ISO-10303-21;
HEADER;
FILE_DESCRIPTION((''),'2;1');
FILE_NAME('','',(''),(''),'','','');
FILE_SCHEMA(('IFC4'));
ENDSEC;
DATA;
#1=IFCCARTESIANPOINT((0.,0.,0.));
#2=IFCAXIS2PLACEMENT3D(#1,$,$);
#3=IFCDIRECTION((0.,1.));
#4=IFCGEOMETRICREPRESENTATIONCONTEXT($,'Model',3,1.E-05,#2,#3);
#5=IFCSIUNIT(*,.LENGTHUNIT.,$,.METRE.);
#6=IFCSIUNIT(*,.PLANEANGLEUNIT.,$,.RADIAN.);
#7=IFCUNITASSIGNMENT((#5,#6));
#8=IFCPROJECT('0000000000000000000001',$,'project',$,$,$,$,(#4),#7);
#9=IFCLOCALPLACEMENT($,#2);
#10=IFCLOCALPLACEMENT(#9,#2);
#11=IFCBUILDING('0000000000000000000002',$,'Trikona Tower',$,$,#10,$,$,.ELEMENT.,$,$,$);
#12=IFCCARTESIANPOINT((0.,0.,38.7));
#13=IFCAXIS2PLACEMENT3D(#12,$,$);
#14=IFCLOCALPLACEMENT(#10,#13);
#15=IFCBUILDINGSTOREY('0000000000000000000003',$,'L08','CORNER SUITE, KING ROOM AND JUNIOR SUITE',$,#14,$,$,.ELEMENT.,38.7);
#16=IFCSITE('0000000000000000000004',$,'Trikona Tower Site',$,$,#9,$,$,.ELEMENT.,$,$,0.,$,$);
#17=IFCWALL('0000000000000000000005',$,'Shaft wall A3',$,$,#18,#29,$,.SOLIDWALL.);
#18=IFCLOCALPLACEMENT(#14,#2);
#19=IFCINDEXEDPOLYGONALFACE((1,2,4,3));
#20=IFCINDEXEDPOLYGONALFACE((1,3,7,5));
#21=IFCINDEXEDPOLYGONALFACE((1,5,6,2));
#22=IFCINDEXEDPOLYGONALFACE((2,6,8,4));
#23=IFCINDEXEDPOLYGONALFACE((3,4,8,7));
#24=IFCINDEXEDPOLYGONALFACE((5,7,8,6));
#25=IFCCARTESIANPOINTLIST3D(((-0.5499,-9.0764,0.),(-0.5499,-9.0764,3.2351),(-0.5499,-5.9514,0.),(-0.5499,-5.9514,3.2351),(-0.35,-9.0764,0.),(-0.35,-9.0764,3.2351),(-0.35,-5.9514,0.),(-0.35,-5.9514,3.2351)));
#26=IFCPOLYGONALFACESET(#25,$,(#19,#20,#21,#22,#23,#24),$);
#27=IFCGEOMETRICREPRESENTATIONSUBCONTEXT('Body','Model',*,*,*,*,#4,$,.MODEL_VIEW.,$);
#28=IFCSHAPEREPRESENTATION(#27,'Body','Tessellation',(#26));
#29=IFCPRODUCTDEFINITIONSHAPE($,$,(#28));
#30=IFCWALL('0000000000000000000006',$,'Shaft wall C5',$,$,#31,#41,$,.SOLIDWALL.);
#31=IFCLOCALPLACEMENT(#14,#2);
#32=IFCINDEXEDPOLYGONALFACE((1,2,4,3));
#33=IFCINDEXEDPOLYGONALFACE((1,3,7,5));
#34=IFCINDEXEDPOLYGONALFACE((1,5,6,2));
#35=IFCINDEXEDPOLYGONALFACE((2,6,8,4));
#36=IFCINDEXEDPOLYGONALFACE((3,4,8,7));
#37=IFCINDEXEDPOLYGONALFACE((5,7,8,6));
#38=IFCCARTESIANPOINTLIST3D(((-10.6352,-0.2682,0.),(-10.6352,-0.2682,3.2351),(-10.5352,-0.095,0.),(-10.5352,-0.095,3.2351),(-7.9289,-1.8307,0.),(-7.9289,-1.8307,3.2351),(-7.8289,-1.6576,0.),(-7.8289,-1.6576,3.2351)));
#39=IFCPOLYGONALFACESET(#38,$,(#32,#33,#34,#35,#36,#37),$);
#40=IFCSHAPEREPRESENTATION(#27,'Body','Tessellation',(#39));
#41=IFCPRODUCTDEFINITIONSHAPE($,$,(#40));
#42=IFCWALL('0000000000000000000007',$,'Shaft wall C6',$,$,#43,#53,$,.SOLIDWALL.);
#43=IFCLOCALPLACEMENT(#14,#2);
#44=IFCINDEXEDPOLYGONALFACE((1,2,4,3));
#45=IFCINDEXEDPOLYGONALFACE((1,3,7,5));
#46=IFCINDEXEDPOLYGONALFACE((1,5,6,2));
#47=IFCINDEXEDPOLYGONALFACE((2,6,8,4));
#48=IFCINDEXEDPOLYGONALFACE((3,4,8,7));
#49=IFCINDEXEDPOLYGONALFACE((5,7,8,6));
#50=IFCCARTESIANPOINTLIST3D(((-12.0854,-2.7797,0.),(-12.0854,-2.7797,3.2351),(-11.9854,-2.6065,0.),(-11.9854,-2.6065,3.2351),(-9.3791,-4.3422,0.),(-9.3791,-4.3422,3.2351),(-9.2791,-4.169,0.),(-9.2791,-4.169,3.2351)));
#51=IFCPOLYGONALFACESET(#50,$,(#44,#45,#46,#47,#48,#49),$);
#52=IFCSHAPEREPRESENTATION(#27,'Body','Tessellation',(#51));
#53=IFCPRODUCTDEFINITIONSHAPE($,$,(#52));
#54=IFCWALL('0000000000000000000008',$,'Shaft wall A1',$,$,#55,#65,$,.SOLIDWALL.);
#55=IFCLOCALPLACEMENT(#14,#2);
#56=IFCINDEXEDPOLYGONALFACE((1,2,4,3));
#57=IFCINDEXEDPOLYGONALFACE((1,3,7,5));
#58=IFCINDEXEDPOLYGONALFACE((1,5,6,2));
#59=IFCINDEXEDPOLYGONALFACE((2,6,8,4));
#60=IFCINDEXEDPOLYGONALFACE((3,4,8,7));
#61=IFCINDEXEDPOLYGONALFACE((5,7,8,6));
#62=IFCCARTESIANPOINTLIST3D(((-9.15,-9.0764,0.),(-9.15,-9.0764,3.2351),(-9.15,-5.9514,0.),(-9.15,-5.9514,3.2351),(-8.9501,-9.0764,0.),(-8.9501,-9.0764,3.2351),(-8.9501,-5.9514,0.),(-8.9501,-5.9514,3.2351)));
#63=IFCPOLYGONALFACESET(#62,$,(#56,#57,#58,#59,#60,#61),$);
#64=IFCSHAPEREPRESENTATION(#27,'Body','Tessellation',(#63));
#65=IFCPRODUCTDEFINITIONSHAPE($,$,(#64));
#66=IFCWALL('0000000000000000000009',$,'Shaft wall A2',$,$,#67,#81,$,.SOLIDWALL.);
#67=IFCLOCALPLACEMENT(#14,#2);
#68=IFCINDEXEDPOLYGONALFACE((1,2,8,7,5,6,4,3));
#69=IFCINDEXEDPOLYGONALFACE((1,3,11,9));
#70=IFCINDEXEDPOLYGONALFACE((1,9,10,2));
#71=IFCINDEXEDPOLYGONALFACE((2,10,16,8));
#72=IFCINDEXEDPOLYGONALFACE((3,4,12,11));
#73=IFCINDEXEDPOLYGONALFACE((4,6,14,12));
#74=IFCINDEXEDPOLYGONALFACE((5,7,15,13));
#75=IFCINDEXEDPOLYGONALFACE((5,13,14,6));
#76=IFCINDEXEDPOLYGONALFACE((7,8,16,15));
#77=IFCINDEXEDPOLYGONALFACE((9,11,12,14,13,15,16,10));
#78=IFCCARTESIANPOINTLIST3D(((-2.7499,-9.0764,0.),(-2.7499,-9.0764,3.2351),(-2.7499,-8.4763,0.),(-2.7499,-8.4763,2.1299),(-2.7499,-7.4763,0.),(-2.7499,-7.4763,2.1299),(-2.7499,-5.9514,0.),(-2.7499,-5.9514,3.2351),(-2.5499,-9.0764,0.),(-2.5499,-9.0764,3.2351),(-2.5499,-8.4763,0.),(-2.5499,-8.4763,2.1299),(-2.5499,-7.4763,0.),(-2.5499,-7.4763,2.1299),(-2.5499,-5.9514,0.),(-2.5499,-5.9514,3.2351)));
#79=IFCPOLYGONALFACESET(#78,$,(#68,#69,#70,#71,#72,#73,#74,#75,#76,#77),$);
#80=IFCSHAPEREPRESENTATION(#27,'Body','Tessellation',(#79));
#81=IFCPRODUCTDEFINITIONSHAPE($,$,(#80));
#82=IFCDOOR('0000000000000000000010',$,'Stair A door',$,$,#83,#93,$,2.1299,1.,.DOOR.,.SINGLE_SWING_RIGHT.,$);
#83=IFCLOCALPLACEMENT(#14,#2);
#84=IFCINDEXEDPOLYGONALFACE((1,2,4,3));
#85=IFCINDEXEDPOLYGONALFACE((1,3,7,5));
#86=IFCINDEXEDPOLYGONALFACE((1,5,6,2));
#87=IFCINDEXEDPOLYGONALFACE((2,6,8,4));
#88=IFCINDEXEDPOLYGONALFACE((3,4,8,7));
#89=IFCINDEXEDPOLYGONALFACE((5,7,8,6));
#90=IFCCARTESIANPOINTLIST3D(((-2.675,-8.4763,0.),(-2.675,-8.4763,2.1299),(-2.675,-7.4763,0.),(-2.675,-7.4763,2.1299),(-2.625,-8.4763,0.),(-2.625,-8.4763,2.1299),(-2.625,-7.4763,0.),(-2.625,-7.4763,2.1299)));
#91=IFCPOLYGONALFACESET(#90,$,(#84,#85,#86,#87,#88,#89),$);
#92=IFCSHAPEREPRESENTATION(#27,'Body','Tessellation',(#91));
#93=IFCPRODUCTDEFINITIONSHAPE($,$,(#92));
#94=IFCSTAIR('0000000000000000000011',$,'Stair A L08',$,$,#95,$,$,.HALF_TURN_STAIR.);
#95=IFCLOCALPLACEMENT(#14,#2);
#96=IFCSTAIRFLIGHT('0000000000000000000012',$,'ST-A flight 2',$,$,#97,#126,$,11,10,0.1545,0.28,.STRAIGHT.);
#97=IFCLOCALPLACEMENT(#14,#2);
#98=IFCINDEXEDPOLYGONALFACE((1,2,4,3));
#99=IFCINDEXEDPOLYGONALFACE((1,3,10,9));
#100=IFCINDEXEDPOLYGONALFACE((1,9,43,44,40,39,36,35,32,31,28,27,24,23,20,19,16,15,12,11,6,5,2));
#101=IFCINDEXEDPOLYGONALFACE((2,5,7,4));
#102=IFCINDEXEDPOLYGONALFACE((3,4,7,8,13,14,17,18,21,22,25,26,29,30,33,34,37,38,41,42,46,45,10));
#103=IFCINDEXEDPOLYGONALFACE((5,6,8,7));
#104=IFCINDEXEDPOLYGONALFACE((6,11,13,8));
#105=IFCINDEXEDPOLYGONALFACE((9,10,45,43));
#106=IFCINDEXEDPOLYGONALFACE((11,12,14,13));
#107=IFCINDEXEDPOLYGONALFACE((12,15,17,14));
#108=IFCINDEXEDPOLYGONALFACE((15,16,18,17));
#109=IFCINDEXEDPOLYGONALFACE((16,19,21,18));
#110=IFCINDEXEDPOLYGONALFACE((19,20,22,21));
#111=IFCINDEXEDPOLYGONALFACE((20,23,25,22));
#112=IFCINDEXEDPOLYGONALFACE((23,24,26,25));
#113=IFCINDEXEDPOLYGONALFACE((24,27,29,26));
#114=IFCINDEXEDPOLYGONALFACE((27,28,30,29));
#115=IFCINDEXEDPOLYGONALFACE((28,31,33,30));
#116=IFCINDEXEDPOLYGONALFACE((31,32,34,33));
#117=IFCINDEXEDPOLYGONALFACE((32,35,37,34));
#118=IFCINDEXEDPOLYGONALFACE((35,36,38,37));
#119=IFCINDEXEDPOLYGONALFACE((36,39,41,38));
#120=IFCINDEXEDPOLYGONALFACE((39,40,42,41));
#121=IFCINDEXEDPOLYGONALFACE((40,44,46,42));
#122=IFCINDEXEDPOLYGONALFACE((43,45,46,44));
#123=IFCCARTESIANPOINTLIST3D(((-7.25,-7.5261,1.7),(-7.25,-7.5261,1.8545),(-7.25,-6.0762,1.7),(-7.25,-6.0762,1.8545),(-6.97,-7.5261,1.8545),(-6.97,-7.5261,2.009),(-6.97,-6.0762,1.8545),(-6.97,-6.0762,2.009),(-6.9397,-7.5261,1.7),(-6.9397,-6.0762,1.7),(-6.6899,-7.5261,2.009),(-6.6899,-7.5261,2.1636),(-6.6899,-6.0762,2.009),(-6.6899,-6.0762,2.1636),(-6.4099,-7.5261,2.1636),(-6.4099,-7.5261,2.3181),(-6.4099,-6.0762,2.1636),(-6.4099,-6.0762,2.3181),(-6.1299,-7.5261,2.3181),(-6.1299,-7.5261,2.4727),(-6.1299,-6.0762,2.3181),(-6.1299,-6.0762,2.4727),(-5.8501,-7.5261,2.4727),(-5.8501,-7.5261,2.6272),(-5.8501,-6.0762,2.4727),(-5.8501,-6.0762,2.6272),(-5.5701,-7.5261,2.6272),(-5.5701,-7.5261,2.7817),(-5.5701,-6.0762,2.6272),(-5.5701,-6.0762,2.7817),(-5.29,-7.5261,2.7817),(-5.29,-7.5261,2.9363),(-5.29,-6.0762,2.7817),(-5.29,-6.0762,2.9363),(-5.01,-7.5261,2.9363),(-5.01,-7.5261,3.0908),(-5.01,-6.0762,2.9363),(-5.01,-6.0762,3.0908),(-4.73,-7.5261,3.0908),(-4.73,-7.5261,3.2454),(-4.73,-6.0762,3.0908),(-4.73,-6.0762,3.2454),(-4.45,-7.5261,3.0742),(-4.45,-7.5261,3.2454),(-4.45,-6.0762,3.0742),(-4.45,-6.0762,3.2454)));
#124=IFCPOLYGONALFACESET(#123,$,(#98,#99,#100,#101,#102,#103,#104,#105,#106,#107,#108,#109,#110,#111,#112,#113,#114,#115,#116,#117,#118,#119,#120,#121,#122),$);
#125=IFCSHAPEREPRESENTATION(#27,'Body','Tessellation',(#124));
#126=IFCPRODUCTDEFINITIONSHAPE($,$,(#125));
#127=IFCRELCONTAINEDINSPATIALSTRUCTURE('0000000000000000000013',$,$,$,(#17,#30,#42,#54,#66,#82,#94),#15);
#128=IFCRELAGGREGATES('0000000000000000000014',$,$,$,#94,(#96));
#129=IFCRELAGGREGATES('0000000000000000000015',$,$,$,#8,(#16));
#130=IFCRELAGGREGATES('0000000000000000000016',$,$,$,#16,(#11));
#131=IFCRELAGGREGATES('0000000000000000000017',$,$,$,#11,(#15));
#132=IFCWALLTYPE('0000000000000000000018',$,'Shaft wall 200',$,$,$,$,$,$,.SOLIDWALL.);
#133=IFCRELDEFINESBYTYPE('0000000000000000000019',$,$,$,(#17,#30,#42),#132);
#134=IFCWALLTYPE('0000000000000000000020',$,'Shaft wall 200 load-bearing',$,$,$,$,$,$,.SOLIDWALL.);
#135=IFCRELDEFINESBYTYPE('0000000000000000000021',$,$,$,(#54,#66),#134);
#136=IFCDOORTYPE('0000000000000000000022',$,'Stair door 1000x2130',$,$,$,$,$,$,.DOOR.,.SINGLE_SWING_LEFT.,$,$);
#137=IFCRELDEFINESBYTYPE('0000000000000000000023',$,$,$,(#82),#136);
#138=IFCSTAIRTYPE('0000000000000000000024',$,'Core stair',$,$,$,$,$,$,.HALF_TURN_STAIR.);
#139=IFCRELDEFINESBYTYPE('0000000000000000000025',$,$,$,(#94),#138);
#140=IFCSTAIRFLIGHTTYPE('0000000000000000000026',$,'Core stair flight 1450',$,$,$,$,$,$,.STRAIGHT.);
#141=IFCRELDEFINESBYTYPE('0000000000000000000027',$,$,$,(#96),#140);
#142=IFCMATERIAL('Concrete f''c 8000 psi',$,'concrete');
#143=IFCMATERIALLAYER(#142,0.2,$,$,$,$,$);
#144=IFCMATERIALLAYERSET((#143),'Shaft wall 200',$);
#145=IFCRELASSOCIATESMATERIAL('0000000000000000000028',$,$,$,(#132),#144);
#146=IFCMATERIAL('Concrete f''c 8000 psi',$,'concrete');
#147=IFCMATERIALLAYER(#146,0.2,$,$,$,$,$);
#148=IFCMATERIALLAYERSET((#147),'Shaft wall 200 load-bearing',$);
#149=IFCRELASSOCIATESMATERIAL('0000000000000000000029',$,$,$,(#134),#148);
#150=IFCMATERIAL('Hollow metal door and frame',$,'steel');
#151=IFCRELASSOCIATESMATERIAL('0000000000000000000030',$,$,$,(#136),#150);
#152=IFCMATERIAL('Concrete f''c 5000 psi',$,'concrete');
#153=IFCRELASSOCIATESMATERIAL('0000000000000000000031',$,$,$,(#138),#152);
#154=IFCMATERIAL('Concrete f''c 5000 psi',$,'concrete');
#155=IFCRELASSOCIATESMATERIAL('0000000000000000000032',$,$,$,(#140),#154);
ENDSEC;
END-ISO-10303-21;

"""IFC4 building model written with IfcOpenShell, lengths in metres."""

from ifc_helpers import new_model, si_unit, direction, frame, frame_2d, origin, place, context, subcontext, project, spatial, polyline, rectangle, outline, extrude, material, layer, layer_set, type_object, element, fill, aggregate, save


model = new_model("IFC4")

# Units and contexts
model_context = context("Model", 3, precision=1e-05, world=origin(), true_north=direction((0.0, 1.0)))
body_context = subcontext(model_context, "Body", "Model", "MODEL_VIEW")
ifc_project = project(units=[si_unit("LENGTHUNIT", "METRE"), si_unit("PLANEANGLEUNIT", "RADIAN")], contexts=[model_context])

# Site, building, storey
site_placement = place(None, origin())
site = spatial("IfcSite", under=ifc_project, at=site_placement, Name="Trikona Tower Site", CompositionType="ELEMENT", RefElevation=0.0)
building_placement = place(site_placement, origin())
building = spatial("IfcBuilding", under=site, at=building_placement, Name="Trikona Tower", CompositionType="ELEMENT")
storey_placement = place(building_placement, frame((0.0, 0.0, 38.7)))
storey = spatial("IfcBuildingStorey", under=building, at=storey_placement, Name="L08", Description="CORNER SUITE, KING ROOM AND JUNIOR SUITE", CompositionType="ELEMENT", Elevation=38.7)

# Walls
ifc_material_1 = material(Name="Concrete f'c 8000 psi", Category="concrete")
ifc_layer_1 = layer(ifc_material_1, 0.2)
ifc_layer_set_1 = layer_set([ifc_layer_1], Name="Shaft wall 200")
wall_type_1 = type_object("IfcWallType", Name="Shaft wall 200", PredefinedType="SOLIDWALL", material=ifc_layer_set_1)
for number, where, z_axis, x_axis, name in (
    (1, (-0.45, -5.9514, 0.0), (0.0, 0.0, 1.0), (0.0, -1.0, 0.0), "Shaft wall A3"),
    (2, (-7.8789, -1.7441, 0.0), (0.0, 0.0, 1.0), (-0.866023, 0.500004, 0.0), "Shaft wall C5"),
    (3, (-9.3291, -4.2556, 0.0), (0.0, 0.0, 1.0), (-0.866023, 0.500004, 0.0), "Shaft wall C6"),
):
    element("IfcWall", number, at=place(storey_placement, frame(where, z_axis=z_axis, x_axis=x_axis)), inside=storey, type_object=wall_type_1, Name=name, PredefinedType="SOLIDWALL", context=body_context, shape_type="SweptSolid", body=[
        extrude(rectangle(XDim=3.125, YDim=0.2, at=frame_2d((1.5625, 0.0))), origin(), (0.0, 0.0, 1.0), 3.2351),
    ])
ifc_material_2 = material(Name="Concrete f'c 8000 psi", Category="concrete")
ifc_layer_2 = layer(ifc_material_2, 0.2)
ifc_layer_set_2 = layer_set([ifc_layer_2], Name="Shaft wall 200 load-bearing")
wall_type_2 = type_object("IfcWallType", Name="Shaft wall 200 load-bearing", PredefinedType="SOLIDWALL", material=ifc_layer_set_2)
wall_1_placement = place(storey_placement, frame((-9.05, -5.9514, 0.0), z_axis=(0.0, 0.0, 1.0), x_axis=(0.0, -1.0, 0.0)))
element("IfcWall", 4, at=wall_1_placement, inside=storey, type_object=wall_type_2, Name="Shaft wall A1", PredefinedType="SOLIDWALL", context=body_context, shape_type="SweptSolid", body=[
    extrude(rectangle(XDim=3.125, YDim=0.2, at=frame_2d((1.5625, 0.0))), origin(), (0.0, 0.0, 1.0), 3.2351),
])

# Wall, opening, door
wall_2_placement = place(storey_placement, frame((-2.6499, -5.9514, 0.0), z_axis=(0.0, 0.0, 1.0), x_axis=(0.0, -1.0, 0.0)))
wall_2 = element("IfcWall", 5, at=wall_2_placement, inside=storey, type_object=wall_type_2, Name="Shaft wall A2", PredefinedType="SOLIDWALL", context=body_context, shape_type="SweptSolid", body=[
    extrude(rectangle(XDim=3.125, YDim=0.2, at=frame_2d((1.5625, 0.0))), origin(), (0.0, 0.0, 1.0), 3.2351),
])
opening_1_placement = place(wall_2_placement, frame((1.5249, 0.0, 0.0)))
opening_1 = element("IfcOpeningElement", 6, at=opening_1_placement, cuts=wall_2, PredefinedType="OPENING", context=body_context, shape_type="SweptSolid", body=[
    extrude(rectangle(XDim=1.0, YDim=2.1299, at=frame_2d((0.5, 1.0649))), frame((0.0, 0.1099, 0.0), z_axis=(0.0, -1.0, 0.0), x_axis=(1.0, 0.0, 0.0)), (0.0, 0.0, 1.0), 0.22),
])
ifc_material_3 = material(Name="Hollow metal door and frame", Category="steel")
door_type_1 = type_object("IfcDoorType", Name="Stair door 1000x2130", OperationType="SINGLE_SWING_LEFT", PredefinedType="DOOR", material=ifc_material_3)
door_1_placement = place(opening_1_placement, origin())
door_1 = element("IfcDoor", 7, at=door_1_placement, inside=storey, type_object=door_type_1, Name="Stair A door", OperationType="SINGLE_SWING_RIGHT", OverallHeight=2.1299, OverallWidth=1.0, PredefinedType="DOOR", context=body_context, shape_type="SweptSolid", body=[
    extrude(rectangle(XDim=1.0, YDim=2.1299, at=frame_2d((0.5, 1.0649))), frame((0.0, 0.0249, 0.0), z_axis=(0.0, -1.0, 0.0), x_axis=(1.0, 0.0, 0.0)), (0.0, 0.0, 1.0), 0.05),
])
fill(opening_1, door_1)

# Stair, stair flight
ifc_material_4 = material(Name="Concrete f'c 5000 psi", Category="concrete")
stair_type = type_object("IfcStairType", Name="Core stair", PredefinedType="HALF_TURN_STAIR", material=ifc_material_4)
stair_placement = place(storey_placement, origin())
stair = element("IfcStair", 8, at=stair_placement, inside=storey, type_object=stair_type, Name="Stair A L08", PredefinedType="HALF_TURN_STAIR")
ifc_material_5 = material(Name="Concrete f'c 5000 psi", Category="concrete")
stair_flight_type = type_object("IfcStairFlightType", Name="Core stair flight 1450", PredefinedType="STRAIGHT", material=ifc_material_5)
stair_flight_placement = place(storey_placement, frame((-7.25, -6.8013, 1.7), z_axis=(0.0, 0.0, 1.0), x_axis=(1.0, 0.0, 0.0)))
stair_flight = element("IfcStairFlight", 9, at=stair_flight_placement, type_object=stair_flight_type, Name="ST-A flight 2", NumberOfRisers=11, NumberOfTreads=10, PredefinedType="STRAIGHT", RiserHeight=0.1545, TreadLength=0.28, context=body_context, shape_type="SweptSolid", body=[
    extrude(outline(polyline([(0.0, 0.0), (0.0, 0.1545), (0.28, 0.1545), (0.28, 0.3091), (0.5601, 0.3091), (0.5601, 0.4636), (0.8401, 0.4636), (0.8401, 0.6182), (1.1201, 0.6182), (1.1201, 0.7727), (1.3999, 0.7727), (1.3999, 0.9272), (1.6799, 0.9272), (1.6799, 1.0818), (1.96, 1.0818), (1.96, 1.2363), (2.24, 1.2363), (2.24, 1.3909), (2.52, 1.3909), (2.52, 1.5454), (2.8, 1.5454), (2.8, 1.7), (2.8, 1.3743), (0.3103, 0.0), (0.0, 0.0)])), frame((0.0, 0.7251, 0.0), z_axis=(0.0, -1.0, 0.0), x_axis=(1.0, 0.0, 0.0)), (0.0, 0.0, 1.0), 1.45),
])
aggregate(stair, [stair_flight])

save(model, "model.ifc")
